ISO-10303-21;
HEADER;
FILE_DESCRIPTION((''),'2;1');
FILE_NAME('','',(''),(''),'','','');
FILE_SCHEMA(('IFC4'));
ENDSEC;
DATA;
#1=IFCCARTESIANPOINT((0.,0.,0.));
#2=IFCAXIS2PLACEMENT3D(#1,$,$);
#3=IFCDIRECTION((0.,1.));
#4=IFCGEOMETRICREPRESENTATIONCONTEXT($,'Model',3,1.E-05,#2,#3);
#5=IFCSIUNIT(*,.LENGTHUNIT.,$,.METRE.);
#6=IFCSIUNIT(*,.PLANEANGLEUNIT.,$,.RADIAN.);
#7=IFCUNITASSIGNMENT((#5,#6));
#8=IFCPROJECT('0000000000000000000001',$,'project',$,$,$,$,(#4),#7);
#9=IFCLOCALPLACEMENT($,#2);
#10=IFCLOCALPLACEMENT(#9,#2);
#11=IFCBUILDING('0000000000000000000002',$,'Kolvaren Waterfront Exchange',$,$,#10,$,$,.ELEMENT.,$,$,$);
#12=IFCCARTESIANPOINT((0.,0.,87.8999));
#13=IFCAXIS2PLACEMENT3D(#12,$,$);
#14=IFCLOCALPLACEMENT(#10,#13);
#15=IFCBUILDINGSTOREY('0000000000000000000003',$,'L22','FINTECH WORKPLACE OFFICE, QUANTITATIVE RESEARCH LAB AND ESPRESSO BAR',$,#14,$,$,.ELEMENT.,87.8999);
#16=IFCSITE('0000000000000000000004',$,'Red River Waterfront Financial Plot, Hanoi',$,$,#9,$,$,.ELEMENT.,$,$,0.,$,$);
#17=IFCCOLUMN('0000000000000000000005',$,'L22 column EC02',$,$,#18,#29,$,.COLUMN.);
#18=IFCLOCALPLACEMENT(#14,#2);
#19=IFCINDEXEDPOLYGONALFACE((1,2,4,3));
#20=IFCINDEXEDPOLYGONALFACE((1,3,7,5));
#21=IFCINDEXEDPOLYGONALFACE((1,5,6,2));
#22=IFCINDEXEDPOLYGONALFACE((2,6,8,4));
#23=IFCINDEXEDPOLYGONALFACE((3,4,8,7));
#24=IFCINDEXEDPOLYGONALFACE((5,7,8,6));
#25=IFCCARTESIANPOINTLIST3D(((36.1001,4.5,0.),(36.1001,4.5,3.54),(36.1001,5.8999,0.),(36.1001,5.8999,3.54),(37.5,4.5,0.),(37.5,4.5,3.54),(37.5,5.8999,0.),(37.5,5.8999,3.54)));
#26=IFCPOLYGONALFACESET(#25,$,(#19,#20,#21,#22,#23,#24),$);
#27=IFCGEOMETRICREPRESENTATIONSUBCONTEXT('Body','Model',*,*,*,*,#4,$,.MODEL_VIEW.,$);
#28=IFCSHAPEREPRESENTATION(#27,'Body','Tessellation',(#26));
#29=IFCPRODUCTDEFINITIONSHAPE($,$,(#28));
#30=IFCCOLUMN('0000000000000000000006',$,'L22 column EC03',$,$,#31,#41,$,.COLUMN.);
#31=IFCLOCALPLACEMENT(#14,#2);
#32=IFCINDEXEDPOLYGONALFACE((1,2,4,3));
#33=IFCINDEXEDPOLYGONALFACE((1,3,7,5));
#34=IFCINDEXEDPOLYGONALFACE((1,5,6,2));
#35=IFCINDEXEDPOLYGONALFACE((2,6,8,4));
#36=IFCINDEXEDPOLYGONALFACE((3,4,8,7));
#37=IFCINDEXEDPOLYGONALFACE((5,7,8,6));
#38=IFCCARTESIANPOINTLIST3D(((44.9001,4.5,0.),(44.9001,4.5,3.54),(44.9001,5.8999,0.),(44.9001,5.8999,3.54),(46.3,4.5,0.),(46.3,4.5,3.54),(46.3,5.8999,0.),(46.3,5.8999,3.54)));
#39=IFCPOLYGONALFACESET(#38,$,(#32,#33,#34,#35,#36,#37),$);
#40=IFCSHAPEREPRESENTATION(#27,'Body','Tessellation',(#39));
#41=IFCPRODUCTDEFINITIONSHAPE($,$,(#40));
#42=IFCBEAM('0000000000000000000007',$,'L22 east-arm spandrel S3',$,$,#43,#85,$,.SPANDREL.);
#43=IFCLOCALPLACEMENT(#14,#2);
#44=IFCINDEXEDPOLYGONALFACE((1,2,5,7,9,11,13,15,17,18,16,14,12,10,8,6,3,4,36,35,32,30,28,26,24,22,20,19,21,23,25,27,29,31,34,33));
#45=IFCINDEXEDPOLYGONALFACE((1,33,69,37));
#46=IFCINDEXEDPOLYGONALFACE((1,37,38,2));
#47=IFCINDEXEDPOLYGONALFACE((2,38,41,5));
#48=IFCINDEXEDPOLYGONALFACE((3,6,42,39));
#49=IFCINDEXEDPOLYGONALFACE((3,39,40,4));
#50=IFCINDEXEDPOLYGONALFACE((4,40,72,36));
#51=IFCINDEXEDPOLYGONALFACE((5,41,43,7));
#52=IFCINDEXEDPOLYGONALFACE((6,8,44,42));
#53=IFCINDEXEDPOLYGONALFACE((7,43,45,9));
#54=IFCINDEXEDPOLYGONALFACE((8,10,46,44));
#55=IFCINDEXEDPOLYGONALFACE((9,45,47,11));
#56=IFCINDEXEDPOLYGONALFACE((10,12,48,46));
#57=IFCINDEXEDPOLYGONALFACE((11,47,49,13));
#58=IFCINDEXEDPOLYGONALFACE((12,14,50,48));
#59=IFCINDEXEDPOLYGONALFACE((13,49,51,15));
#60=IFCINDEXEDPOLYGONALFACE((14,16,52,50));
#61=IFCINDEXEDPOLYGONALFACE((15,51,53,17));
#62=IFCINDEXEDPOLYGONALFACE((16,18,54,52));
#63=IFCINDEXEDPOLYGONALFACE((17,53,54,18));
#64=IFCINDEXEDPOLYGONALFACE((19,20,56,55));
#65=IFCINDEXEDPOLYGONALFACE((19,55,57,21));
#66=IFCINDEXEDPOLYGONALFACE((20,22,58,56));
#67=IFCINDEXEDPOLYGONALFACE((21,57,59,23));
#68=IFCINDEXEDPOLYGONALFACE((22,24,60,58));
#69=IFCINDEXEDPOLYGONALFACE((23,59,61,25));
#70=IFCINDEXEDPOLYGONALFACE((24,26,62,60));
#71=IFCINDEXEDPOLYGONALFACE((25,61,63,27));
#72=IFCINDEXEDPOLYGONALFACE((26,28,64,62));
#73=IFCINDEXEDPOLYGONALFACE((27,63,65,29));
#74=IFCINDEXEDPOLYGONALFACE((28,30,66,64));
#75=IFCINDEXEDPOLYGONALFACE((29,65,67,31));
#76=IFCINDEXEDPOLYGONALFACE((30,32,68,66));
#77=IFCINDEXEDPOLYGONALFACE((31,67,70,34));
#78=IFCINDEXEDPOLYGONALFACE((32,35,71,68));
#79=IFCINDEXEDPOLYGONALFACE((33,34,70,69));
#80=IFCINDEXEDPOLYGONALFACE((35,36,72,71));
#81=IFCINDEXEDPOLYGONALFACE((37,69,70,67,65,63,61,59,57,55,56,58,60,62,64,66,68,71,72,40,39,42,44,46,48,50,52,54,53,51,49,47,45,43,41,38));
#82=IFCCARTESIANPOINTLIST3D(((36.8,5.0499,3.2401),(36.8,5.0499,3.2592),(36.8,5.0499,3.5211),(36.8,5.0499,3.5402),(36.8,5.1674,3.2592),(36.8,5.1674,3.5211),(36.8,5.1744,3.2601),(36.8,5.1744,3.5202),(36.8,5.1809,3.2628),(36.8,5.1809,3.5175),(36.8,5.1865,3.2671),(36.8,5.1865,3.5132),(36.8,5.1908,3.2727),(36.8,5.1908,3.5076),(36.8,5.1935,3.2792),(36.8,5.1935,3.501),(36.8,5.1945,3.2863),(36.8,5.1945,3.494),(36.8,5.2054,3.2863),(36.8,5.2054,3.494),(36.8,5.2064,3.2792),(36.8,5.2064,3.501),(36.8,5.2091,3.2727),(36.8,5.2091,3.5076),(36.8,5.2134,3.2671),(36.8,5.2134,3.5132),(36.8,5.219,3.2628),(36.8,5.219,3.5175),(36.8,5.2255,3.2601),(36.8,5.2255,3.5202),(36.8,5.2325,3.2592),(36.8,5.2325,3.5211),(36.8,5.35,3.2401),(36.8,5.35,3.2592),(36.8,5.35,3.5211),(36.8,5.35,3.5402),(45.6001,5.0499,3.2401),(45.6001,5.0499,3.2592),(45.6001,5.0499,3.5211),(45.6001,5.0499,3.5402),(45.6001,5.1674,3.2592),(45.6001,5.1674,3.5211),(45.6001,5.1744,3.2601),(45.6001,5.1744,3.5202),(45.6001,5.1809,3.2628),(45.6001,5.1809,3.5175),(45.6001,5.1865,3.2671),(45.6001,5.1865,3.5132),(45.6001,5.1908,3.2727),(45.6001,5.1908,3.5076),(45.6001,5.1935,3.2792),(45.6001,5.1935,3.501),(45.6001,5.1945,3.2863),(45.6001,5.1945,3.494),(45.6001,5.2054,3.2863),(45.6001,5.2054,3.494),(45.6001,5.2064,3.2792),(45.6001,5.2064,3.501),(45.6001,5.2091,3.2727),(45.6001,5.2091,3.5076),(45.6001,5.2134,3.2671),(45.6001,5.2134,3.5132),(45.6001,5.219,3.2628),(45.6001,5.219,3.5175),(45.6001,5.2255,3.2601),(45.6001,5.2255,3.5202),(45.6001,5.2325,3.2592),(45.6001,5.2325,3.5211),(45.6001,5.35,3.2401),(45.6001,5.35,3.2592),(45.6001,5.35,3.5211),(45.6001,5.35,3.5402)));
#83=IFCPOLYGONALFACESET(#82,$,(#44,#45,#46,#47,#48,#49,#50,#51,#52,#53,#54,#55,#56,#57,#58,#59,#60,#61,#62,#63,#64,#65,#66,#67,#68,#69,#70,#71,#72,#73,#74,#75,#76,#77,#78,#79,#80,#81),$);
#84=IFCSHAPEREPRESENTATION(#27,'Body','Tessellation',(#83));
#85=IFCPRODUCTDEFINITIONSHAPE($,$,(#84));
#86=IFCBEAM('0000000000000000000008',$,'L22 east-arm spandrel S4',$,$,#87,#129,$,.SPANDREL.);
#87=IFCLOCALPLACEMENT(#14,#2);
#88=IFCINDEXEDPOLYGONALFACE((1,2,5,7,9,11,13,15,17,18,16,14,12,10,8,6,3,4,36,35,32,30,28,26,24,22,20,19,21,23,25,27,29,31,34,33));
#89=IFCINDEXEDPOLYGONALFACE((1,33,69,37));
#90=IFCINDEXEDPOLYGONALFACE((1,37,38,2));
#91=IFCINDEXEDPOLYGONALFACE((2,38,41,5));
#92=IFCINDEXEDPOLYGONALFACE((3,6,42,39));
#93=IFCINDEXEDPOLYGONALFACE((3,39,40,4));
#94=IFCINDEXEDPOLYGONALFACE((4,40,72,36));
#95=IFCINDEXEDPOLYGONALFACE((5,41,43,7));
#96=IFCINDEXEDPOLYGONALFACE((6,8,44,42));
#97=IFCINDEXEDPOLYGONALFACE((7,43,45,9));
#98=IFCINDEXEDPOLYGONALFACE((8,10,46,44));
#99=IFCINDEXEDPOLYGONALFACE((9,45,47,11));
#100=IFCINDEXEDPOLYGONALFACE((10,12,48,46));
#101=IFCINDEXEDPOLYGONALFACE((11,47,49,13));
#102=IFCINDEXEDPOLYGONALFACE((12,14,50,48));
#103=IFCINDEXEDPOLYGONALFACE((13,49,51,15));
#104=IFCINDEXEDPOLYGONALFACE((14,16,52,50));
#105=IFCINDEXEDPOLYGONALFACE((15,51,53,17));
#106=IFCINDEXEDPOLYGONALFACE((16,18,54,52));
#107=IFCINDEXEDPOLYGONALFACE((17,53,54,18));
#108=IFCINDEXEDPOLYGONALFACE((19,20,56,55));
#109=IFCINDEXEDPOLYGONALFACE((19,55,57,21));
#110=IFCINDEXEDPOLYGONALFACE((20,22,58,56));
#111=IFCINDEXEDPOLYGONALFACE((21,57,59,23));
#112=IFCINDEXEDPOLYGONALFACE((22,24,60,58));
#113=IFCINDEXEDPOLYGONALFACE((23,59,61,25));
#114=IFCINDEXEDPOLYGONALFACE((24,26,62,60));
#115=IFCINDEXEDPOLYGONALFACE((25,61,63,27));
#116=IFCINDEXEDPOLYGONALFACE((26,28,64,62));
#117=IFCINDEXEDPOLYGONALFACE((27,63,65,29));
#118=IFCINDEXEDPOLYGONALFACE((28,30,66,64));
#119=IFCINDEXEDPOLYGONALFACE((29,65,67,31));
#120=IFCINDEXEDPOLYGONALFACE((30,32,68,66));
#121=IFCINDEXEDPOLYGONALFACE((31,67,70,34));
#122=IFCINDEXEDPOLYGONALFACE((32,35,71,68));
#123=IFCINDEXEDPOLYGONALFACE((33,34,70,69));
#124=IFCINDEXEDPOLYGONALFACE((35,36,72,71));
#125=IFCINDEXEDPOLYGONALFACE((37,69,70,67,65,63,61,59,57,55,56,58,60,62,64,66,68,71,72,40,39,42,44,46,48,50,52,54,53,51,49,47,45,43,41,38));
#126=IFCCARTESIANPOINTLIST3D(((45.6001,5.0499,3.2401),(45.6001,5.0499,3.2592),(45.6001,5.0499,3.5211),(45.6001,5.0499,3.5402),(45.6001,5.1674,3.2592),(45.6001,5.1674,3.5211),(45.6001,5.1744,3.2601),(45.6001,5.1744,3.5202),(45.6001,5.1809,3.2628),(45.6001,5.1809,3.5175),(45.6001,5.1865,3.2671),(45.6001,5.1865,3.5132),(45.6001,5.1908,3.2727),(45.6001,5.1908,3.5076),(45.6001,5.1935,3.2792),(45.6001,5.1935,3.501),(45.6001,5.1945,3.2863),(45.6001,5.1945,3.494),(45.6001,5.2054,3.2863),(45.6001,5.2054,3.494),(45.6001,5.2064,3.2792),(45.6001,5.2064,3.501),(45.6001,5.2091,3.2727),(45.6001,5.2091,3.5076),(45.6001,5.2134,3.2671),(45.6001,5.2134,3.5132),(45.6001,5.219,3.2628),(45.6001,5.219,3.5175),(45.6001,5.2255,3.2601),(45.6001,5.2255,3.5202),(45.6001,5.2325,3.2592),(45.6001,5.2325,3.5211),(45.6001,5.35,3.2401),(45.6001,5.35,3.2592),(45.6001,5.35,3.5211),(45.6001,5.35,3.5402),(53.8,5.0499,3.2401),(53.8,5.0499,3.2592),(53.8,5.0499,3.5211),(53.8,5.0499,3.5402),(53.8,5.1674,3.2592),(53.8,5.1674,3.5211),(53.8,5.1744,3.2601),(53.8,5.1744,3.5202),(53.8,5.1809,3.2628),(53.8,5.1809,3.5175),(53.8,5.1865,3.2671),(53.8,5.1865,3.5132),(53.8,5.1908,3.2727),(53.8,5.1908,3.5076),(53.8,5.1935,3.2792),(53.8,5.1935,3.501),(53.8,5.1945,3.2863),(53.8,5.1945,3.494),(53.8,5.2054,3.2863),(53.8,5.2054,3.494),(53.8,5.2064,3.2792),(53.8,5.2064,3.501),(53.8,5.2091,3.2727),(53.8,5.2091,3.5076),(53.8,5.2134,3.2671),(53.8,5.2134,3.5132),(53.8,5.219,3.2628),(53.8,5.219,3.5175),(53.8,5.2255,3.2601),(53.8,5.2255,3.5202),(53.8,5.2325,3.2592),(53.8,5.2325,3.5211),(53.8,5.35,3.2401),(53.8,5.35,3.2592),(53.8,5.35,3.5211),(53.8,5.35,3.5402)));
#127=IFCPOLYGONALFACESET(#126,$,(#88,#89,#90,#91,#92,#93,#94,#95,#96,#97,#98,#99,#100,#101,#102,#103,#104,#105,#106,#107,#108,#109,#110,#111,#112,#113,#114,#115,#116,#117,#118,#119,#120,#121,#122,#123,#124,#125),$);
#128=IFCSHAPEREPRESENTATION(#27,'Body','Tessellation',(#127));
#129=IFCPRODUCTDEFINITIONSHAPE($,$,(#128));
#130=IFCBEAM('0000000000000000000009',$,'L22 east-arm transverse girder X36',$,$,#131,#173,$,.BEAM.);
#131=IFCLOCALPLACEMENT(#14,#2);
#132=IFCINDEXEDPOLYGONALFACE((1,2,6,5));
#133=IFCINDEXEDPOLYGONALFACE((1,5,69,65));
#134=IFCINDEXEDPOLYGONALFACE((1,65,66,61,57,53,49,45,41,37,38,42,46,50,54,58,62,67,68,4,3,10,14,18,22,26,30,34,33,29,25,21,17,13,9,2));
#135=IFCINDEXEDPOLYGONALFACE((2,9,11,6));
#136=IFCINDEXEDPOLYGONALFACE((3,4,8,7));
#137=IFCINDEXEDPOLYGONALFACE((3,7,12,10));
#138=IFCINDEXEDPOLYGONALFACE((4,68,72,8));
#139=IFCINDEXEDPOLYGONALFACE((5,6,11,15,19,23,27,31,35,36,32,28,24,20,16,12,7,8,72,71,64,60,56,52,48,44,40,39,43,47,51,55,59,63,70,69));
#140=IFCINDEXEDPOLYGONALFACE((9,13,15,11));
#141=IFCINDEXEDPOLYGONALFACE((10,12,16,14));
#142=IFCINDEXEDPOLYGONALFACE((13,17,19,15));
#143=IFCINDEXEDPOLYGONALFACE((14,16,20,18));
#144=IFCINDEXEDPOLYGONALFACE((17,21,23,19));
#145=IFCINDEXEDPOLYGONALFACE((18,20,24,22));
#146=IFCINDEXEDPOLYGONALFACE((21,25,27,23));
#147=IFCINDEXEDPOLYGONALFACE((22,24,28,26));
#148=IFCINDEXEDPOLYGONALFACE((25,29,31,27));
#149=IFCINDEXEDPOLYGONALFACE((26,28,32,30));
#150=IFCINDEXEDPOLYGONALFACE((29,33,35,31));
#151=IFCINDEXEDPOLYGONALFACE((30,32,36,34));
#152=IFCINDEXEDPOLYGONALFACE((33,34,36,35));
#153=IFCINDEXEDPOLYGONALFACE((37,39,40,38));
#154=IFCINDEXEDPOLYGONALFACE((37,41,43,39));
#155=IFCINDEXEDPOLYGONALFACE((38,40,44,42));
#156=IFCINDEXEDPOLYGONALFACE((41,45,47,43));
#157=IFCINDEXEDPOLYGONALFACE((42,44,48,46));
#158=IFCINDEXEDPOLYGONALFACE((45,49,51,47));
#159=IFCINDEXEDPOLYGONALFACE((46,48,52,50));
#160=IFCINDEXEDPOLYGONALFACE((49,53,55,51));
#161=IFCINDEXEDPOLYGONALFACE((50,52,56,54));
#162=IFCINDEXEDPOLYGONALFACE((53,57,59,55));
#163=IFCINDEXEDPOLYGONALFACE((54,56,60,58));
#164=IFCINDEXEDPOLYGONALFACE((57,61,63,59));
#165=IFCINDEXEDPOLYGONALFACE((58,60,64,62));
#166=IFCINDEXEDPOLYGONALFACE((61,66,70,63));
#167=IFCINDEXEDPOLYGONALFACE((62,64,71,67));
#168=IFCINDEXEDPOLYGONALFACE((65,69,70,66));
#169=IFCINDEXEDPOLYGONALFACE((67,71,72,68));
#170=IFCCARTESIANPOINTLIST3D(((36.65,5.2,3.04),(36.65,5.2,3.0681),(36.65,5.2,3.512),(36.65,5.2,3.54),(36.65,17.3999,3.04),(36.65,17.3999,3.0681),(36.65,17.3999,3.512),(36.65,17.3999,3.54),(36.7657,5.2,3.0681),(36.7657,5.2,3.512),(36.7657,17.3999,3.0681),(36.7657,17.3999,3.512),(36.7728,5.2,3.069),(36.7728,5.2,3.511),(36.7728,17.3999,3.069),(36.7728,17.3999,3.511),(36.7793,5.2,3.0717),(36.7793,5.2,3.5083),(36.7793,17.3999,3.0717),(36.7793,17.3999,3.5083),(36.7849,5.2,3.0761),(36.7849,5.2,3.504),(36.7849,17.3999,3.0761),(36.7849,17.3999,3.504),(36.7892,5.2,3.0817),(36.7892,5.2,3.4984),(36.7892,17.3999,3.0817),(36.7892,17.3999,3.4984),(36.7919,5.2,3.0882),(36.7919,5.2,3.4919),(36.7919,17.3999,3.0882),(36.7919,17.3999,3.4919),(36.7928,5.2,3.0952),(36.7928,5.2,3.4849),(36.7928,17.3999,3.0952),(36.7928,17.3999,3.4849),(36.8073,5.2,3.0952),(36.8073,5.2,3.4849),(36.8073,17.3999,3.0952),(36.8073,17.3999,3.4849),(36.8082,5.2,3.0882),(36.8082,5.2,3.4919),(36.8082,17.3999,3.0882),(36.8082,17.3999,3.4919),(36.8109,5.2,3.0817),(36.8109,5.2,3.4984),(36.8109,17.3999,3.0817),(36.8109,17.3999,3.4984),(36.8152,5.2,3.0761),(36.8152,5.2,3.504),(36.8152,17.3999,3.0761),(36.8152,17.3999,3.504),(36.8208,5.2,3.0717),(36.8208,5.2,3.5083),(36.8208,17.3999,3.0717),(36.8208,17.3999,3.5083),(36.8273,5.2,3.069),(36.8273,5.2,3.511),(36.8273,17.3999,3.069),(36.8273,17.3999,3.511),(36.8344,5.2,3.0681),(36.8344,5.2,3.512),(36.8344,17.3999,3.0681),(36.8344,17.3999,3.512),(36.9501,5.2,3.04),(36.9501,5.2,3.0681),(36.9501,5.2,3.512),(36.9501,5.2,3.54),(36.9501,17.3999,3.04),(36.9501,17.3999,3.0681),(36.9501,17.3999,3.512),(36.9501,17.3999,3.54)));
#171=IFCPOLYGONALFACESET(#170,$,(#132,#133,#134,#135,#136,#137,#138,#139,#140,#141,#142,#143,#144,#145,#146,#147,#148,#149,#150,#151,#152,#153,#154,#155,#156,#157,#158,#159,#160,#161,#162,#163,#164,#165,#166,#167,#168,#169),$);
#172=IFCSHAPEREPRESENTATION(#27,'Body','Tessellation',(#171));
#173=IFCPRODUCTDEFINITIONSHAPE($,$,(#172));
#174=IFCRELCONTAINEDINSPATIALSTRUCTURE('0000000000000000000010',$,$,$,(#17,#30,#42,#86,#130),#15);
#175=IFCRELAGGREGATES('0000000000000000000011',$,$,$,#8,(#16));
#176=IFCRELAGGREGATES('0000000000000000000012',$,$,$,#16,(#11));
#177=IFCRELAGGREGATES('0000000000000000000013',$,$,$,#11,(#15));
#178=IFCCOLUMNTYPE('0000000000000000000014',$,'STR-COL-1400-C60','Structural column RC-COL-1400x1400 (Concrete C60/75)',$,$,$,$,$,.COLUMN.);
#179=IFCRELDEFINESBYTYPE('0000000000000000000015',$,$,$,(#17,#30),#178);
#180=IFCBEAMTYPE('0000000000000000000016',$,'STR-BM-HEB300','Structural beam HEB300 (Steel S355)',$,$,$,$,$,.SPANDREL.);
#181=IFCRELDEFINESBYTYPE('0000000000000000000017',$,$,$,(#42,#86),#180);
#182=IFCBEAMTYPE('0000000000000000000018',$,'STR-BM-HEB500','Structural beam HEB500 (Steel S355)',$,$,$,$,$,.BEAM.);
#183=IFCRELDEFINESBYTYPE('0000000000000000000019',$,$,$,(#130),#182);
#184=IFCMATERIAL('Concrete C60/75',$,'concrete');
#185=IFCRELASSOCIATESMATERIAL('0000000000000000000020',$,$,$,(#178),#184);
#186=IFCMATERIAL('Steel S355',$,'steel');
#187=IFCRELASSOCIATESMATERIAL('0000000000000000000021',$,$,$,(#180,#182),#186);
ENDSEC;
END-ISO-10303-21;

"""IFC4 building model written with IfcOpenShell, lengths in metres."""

from ifc_helpers import new_model, si_unit, direction, frame, origin, origin_2d, place, context, subcontext, project, spatial, rectangle, i_section, extrude, material, material_profile, profile_set, type_object, element, save


model = new_model("IFC4")

# Units and contexts
model_context = context("Model", 3, precision=1e-05, world=origin(), true_north=direction((0.0, 1.0)))
body_context = subcontext(model_context, "Body", "Model", "MODEL_VIEW")
ifc_project = project(units=[si_unit("LENGTHUNIT", "METRE"), si_unit("PLANEANGLEUNIT", "RADIAN")], contexts=[model_context])

# Site, building, storey
site_placement = place(None, origin())
site = spatial("IfcSite", under=ifc_project, at=site_placement, Name="Red River Waterfront Financial Plot, Hanoi", CompositionType="ELEMENT", RefElevation=0.0)
building_placement = place(site_placement, origin())
building = spatial("IfcBuilding", under=site, at=building_placement, Name="Kolvaren Waterfront Exchange", CompositionType="ELEMENT")
storey_placement = place(building_placement, frame((0.0, 0.0, 87.8999)))
storey = spatial("IfcBuildingStorey", under=building, at=storey_placement, Name="L22", Description="FINTECH WORKPLACE OFFICE, QUANTITATIVE RESEARCH LAB AND ESPRESSO BAR", CompositionType="ELEMENT", Elevation=87.8999)

# Columns
ifc_material_1 = material(Name="Concrete C60/75", Category="concrete")
ifc_material_profile_1 = material_profile(ifc_material_1, rectangle(XDim=1.3999, YDim=1.3999, at=origin_2d()), Name="RC-COL-1400x1400")
ifc_profile_set_1 = profile_set([ifc_material_profile_1], Name="Concrete C60/75")
column_type = type_object("IfcColumnType", Name="STR-COL-1400-C60", Description="Structural column RC-COL-1400x1400 (Concrete C60/75)", PredefinedType="COLUMN", material=ifc_profile_set_1)
for number, where, z_axis, x_axis, name in (
    (1, (36.8, 5.2, 0.0), (0.0, 0.0, 1.0), (1.0, 0.0, 0.0), "L22 column EC02"),
    (2, (45.6001, 5.2, 0.0), (0.0, 0.0, 1.0), (1.0, 0.0, 0.0), "L22 column EC03"),
):
    element("IfcColumn", number, at=place(storey_placement, frame(where, z_axis=z_axis, x_axis=x_axis)), inside=storey, type_object=column_type, Name=name, PredefinedType="COLUMN", context=body_context, shape_type="SweptSolid", body=[
        extrude(rectangle(XDim=1.3999, YDim=1.3999, at=origin_2d()), origin(), (0.0, 0.0, 1.0), 3.54),
    ])

# Beams
ifc_material_2 = material(Name="Steel S355", Category="steel")
ifc_material_profile_2 = material_profile(ifc_material_2, i_section(OverallWidth=0.3, OverallDepth=0.3, WebThickness=0.011, FlangeThickness=0.019, FilletRadius=0.0271, at=origin_2d()), Name="HEB300")
ifc_profile_set_2 = profile_set([ifc_material_profile_2], Name="Steel S355")
beam_type_1 = type_object("IfcBeamType", Name="STR-BM-HEB300", Description="Structural beam HEB300 (Steel S355)", PredefinedType="SPANDREL", material=ifc_profile_set_2)
beam_1_placement = place(storey_placement, frame((36.8, 5.2, 3.3901), z_axis=(1.0, 0.0, 0.0), x_axis=(0.0, 1.0, 0.0)))
element("IfcBeam", 3, at=beam_1_placement, inside=storey, type_object=beam_type_1, Name="L22 east-arm spandrel S3", PredefinedType="SPANDREL", context=body_context, shape_type="SweptSolid", body=[
    extrude(i_section(OverallWidth=0.3, OverallDepth=0.3, WebThickness=0.011, FlangeThickness=0.019, FilletRadius=0.0271, at=origin_2d()), origin(), (0.0, 0.0, 1.0), 8.8),
])
beam_2_placement = place(storey_placement, frame((45.6001, 5.2, 3.3901), z_axis=(1.0, 0.0, 0.0), x_axis=(0.0, 1.0, 0.0)))
element("IfcBeam", 4, at=beam_2_placement, inside=storey, type_object=beam_type_1, Name="L22 east-arm spandrel S4", PredefinedType="SPANDREL", context=body_context, shape_type="SweptSolid", body=[
    extrude(i_section(OverallWidth=0.3, OverallDepth=0.3, WebThickness=0.011, FlangeThickness=0.019, FilletRadius=0.0271, at=origin_2d()), origin(), (0.0, 0.0, 1.0), 8.2),
])
ifc_material_profile_3 = material_profile(ifc_material_2, i_section(OverallWidth=0.3, OverallDepth=0.5, WebThickness=0.0144, FlangeThickness=0.0281, FilletRadius=0.0271, at=origin_2d()), Name="HEB500")
ifc_profile_set_3 = profile_set([ifc_material_profile_3], Name="Steel S355")
beam_type_2 = type_object("IfcBeamType", Name="STR-BM-HEB500", Description="Structural beam HEB500 (Steel S355)", PredefinedType="BEAM", material=ifc_profile_set_3)
for number, where, z_axis, x_axis, name in (
    (5, (36.8, 5.2, 3.29), (0.0, 1.0, 0.0), (-1.0, 0.0, 0.0), "L22 east-arm transverse girder X36"),
):
    element("IfcBeam", number, at=place(storey_placement, frame(where, z_axis=z_axis, x_axis=x_axis)), inside=storey, type_object=beam_type_2, Name=name, PredefinedType="BEAM", context=body_context, shape_type="SweptSolid", body=[
        extrude(i_section(OverallWidth=0.3, OverallDepth=0.5, WebThickness=0.0144, FlangeThickness=0.0281, FilletRadius=0.0271, at=origin_2d()), origin(), (0.0, 0.0, 1.0), 12.2),
    ])

save(model, "model.ifc")
